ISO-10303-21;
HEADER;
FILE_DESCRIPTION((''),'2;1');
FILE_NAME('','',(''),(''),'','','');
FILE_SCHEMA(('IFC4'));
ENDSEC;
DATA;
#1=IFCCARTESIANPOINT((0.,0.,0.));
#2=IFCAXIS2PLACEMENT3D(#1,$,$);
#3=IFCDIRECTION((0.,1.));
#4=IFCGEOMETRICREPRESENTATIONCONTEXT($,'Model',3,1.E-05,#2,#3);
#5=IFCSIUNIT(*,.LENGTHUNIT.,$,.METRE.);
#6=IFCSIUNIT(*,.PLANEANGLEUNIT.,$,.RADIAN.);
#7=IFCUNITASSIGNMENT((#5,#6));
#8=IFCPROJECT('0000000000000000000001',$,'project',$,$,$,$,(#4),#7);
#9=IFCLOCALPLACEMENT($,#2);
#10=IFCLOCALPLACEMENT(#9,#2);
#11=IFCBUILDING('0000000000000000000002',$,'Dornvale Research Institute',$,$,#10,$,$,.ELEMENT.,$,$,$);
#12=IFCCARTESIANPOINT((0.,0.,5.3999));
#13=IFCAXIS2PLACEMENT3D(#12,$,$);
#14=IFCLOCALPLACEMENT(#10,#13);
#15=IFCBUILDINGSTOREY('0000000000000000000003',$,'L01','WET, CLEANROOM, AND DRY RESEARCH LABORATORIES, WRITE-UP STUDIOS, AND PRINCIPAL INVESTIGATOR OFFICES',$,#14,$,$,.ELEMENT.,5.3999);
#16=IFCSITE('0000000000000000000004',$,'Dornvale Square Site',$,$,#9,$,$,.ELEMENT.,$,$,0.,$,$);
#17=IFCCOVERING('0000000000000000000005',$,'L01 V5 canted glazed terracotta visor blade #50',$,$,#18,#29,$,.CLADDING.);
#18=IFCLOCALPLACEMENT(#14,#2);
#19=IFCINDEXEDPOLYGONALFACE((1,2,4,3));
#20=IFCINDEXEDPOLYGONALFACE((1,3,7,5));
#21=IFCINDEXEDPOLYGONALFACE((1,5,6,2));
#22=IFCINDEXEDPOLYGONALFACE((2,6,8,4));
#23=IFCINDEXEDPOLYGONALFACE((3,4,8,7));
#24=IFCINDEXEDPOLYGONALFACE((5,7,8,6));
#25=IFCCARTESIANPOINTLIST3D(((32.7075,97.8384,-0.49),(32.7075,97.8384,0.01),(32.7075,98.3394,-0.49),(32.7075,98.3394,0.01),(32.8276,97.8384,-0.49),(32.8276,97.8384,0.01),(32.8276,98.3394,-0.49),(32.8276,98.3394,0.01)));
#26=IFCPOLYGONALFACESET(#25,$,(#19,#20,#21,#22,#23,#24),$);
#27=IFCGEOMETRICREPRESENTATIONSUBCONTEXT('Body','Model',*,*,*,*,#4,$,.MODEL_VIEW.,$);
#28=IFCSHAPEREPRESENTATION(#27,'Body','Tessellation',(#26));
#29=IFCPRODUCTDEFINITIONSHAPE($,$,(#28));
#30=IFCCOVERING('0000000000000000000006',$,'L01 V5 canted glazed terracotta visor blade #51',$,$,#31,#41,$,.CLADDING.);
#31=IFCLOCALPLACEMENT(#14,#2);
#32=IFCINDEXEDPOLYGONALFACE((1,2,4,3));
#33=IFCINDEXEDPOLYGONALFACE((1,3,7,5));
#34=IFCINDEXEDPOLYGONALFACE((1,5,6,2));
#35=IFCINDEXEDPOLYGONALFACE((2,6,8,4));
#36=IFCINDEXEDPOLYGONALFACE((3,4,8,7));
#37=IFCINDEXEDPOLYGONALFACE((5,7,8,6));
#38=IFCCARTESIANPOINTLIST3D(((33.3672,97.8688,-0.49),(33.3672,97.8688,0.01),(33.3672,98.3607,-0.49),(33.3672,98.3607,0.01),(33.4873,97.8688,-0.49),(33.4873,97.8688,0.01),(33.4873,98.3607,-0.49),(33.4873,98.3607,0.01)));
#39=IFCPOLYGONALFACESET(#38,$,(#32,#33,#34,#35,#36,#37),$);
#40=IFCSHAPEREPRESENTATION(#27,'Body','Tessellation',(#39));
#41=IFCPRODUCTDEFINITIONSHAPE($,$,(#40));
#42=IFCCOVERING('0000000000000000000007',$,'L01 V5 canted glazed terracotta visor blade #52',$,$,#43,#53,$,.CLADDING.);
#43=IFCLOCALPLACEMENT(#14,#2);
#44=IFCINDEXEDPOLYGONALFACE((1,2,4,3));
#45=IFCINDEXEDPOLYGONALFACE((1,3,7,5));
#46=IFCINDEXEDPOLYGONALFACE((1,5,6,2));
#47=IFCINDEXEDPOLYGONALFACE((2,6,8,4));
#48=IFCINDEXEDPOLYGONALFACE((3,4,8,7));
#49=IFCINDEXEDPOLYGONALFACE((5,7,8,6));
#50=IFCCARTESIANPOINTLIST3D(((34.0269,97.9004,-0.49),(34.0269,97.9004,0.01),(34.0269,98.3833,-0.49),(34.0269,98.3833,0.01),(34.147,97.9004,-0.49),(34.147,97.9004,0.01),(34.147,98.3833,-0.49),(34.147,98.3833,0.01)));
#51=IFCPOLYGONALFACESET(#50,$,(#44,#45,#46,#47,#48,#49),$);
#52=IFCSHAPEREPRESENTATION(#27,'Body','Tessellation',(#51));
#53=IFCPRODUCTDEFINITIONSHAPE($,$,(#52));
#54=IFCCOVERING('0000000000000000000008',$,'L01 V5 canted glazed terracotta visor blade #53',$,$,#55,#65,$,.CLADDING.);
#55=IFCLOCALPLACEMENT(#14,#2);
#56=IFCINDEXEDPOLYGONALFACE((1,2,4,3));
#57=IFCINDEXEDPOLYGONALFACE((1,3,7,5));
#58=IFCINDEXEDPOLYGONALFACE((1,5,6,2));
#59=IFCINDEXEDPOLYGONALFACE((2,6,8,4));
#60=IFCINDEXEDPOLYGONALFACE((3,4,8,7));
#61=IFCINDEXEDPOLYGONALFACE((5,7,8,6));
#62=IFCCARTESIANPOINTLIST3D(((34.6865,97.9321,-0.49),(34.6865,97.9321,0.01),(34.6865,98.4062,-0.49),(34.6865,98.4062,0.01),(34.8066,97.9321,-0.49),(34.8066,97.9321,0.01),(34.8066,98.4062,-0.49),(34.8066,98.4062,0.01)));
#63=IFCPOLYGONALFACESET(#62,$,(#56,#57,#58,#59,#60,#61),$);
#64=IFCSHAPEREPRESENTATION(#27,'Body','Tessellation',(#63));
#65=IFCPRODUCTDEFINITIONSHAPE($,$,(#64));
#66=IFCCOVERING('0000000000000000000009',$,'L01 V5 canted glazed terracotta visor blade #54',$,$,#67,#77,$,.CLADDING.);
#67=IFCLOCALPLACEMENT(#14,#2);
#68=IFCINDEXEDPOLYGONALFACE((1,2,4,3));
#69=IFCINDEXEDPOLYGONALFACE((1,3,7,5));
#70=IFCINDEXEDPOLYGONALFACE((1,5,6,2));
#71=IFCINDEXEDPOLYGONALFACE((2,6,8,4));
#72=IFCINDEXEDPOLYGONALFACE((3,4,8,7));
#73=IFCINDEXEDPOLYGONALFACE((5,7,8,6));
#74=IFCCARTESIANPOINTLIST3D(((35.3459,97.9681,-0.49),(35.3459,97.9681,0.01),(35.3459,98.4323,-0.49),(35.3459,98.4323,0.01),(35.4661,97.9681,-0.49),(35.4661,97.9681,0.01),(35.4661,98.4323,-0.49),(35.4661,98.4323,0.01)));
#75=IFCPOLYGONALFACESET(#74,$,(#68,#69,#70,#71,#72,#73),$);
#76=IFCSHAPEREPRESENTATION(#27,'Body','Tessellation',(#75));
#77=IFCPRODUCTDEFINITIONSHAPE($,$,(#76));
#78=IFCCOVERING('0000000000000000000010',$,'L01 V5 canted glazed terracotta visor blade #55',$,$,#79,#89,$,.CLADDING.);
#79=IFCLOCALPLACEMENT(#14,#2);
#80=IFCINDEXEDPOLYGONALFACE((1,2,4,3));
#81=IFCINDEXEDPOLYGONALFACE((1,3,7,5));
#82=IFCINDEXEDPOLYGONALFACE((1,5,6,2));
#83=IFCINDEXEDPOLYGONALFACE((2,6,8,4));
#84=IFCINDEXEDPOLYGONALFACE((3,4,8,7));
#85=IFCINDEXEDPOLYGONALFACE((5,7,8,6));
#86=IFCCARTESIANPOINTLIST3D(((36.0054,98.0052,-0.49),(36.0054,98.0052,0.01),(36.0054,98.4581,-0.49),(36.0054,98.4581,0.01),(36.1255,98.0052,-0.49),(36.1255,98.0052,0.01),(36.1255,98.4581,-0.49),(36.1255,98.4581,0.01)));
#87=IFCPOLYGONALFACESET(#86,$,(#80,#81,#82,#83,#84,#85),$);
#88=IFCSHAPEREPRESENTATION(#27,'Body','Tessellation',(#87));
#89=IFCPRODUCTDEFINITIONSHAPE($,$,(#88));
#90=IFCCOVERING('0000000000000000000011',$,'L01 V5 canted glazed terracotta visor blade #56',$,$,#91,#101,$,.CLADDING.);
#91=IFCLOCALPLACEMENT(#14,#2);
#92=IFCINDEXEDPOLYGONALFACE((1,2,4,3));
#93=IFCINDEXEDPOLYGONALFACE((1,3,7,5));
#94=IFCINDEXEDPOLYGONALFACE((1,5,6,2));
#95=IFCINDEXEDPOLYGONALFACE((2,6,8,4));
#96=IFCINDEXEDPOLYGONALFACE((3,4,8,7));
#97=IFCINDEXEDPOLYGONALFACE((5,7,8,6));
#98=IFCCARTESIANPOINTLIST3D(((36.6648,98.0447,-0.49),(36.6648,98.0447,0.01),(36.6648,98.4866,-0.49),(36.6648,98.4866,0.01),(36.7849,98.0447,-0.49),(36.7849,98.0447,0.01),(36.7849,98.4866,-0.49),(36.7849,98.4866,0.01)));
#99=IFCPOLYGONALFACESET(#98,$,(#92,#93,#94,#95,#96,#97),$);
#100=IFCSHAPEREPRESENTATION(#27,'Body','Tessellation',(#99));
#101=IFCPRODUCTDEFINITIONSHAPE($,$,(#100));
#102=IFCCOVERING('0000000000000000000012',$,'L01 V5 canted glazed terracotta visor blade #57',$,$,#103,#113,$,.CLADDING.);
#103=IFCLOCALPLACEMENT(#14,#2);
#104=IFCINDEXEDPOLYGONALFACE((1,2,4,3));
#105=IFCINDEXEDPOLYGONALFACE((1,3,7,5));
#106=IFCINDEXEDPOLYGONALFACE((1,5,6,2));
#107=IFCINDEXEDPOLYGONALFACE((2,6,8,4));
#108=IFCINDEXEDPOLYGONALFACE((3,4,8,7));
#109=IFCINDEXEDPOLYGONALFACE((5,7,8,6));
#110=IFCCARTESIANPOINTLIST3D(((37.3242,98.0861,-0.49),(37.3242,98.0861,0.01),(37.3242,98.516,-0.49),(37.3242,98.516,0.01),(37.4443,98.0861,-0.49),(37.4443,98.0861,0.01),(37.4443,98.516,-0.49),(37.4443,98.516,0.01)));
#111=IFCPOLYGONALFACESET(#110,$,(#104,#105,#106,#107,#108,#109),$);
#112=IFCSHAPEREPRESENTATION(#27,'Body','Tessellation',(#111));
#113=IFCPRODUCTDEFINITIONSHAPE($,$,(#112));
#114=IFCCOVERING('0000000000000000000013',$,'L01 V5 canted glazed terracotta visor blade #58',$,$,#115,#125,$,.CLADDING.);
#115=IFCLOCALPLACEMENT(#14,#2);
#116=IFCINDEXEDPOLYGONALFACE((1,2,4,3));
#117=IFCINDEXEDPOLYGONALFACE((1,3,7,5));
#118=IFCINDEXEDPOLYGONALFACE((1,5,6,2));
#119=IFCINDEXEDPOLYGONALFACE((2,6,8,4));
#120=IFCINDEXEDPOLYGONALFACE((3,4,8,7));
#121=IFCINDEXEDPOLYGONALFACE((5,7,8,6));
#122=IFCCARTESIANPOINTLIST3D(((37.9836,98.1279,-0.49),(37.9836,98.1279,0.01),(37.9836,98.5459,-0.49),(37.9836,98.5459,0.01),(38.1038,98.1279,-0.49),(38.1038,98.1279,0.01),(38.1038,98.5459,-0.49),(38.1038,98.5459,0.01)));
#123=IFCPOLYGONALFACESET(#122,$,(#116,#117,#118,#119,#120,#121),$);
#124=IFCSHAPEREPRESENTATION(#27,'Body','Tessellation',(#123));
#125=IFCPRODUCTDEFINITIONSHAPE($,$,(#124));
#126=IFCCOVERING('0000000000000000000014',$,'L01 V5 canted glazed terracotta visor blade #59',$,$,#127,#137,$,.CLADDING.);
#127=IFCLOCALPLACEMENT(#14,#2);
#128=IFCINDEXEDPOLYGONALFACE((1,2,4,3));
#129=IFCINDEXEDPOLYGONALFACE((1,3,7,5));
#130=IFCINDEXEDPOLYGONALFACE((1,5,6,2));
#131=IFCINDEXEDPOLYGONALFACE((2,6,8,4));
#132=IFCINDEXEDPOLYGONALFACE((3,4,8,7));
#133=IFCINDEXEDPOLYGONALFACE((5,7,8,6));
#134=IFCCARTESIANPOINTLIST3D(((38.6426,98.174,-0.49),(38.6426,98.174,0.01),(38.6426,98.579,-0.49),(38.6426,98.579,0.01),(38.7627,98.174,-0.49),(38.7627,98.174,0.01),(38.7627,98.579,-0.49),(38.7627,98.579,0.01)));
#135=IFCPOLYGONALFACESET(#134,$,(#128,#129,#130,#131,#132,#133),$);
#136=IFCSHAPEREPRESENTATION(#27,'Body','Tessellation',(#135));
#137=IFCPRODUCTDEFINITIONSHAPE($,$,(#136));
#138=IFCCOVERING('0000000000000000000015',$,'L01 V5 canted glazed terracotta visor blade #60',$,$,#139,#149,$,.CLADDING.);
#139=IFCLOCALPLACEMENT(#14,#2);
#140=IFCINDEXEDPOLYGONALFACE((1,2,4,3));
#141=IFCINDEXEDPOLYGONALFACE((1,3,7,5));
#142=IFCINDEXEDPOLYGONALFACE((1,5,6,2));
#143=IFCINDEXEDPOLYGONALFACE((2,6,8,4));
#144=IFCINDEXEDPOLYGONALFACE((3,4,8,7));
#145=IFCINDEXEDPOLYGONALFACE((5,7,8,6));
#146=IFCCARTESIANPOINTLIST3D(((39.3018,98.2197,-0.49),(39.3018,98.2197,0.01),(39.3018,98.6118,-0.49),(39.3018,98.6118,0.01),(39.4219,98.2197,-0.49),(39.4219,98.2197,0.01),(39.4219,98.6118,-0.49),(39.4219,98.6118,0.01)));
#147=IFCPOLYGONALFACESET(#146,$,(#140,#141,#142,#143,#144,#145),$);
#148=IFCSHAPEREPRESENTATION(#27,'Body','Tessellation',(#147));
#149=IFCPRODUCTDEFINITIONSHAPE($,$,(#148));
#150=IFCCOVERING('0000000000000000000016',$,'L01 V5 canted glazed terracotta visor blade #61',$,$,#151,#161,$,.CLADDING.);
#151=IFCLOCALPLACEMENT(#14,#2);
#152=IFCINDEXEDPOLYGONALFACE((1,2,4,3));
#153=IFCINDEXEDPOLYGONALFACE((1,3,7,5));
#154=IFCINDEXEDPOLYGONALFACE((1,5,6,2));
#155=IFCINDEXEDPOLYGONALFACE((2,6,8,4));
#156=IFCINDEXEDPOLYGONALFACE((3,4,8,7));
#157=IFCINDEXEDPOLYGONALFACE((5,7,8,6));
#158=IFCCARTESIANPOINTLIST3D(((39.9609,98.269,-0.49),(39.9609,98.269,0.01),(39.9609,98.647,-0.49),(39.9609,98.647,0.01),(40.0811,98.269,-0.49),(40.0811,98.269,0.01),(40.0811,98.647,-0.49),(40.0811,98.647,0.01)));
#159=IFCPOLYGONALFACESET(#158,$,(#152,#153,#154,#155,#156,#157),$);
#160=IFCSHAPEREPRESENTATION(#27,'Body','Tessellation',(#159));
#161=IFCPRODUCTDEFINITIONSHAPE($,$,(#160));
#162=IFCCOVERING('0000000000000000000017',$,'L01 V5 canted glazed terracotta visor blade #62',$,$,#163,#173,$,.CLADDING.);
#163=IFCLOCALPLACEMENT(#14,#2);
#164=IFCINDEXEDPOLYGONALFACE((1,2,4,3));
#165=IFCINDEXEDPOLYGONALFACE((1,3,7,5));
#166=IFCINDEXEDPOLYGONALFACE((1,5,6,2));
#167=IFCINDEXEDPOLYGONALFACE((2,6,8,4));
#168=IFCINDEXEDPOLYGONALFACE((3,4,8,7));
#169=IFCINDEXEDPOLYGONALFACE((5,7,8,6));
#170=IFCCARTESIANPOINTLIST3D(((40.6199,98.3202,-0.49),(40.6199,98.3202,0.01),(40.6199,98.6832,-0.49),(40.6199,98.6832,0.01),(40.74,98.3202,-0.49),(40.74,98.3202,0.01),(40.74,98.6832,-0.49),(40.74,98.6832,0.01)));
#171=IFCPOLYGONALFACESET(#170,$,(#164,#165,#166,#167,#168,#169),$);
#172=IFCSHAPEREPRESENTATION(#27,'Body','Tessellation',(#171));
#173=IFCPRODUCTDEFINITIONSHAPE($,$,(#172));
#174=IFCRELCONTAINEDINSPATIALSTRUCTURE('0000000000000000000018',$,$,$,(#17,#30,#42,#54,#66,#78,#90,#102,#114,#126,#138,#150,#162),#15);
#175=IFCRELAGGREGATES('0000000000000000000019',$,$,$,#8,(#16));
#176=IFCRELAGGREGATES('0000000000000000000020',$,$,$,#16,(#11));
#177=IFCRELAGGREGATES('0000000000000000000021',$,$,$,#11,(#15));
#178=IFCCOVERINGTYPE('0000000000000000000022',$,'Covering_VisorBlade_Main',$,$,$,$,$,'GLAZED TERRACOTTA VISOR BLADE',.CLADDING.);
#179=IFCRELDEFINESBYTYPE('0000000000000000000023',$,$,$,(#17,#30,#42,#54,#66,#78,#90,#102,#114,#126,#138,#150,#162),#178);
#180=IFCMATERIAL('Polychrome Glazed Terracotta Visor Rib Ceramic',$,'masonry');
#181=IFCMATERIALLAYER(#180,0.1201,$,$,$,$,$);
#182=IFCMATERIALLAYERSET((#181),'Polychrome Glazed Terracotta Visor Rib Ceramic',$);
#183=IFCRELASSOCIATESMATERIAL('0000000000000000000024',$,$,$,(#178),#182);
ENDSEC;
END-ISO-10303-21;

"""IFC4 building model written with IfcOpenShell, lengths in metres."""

from ifc_helpers import new_model, si_unit, direction, frame, origin, origin_2d, place, context, subcontext, project, spatial, rectangle, extrude, material, layer, layer_set, type_object, element, save


model = new_model("IFC4")

# Units and contexts
model_context = context("Model", 3, precision=1e-05, world=origin(), true_north=direction((0.0, 1.0)))
body_context = subcontext(model_context, "Body", "Model", "MODEL_VIEW")
ifc_project = project(units=[si_unit("LENGTHUNIT", "METRE"), si_unit("PLANEANGLEUNIT", "RADIAN")], contexts=[model_context])

# Site, building, storey
site_placement = place(None, origin())
site = spatial("IfcSite", under=ifc_project, at=site_placement, Name="Dornvale Square Site", CompositionType="ELEMENT", RefElevation=0.0)
building_placement = place(site_placement, origin())
building = spatial("IfcBuilding", under=site, at=building_placement, Name="Dornvale Research Institute", CompositionType="ELEMENT")
storey_placement = place(building_placement, frame((0.0, 0.0, 5.3999)))
storey = spatial("IfcBuildingStorey", under=building, at=storey_placement, Name="L01", Description="WET, CLEANROOM, AND DRY RESEARCH LABORATORIES, WRITE-UP STUDIOS, AND PRINCIPAL INVESTIGATOR OFFICES", CompositionType="ELEMENT", Elevation=5.3999)

# Coverings
ifc_material_1 = material(Name="Polychrome Glazed Terracotta Visor Rib Ceramic", Category="masonry")
ifc_layer_1 = layer(ifc_material_1, 0.1201)
ifc_layer_set_1 = layer_set([ifc_layer_1], Name="Polychrome Glazed Terracotta Visor Rib Ceramic")
covering_type = type_object("IfcCoveringType", Name="Covering_VisorBlade_Main", ElementType="GLAZED TERRACOTTA VISOR BLADE", PredefinedType="CLADDING", material=ifc_layer_set_1)
covering_1_placement = place(storey_placement, frame((32.7676, 98.0889, -0.49), z_axis=(0.0, 0.0, 1.0), x_axis=(0.0, 1.0, 0.0)))
element("IfcCovering", 1, at=covering_1_placement, inside=storey, type_object=covering_type, Name="L01 V5 canted glazed terracotta visor blade #50", PredefinedType="CLADDING", context=body_context, shape_type="SweptSolid", body=[
    extrude(rectangle(XDim=0.501, YDim=0.1201, at=origin_2d()), origin(), (0.0, 0.0, 1.0), 0.5),
])
covering_2_placement = place(storey_placement, frame((33.4272, 98.1147, -0.49), z_axis=(0.0, 0.0, 1.0), x_axis=(0.0, 1.0, 0.0)))
element("IfcCovering", 2, at=covering_2_placement, inside=storey, type_object=covering_type, Name="L01 V5 canted glazed terracotta visor blade #51", PredefinedType="CLADDING", context=body_context, shape_type="SweptSolid", body=[
    extrude(rectangle(XDim=0.4919, YDim=0.1201, at=origin_2d()), origin(), (0.0, 0.0, 1.0), 0.5),
])
covering_3_placement = place(storey_placement, frame((34.0869, 98.1418, -0.49), z_axis=(0.0, 0.0, 1.0), x_axis=(0.0, 1.0, 0.0)))
element("IfcCovering", 3, at=covering_3_placement, inside=storey, type_object=covering_type, Name="L01 V5 canted glazed terracotta visor blade #52", PredefinedType="CLADDING", context=body_context, shape_type="SweptSolid", body=[
    extrude(rectangle(XDim=0.4829, YDim=0.1201, at=origin_2d()), origin(), (0.0, 0.0, 1.0), 0.5),
])
covering_4_placement = place(storey_placement, frame((34.7466, 98.1692, -0.49), z_axis=(0.0, 0.0, 1.0), x_axis=(0.0, 1.0, 0.0)))
element("IfcCovering", 4, at=covering_4_placement, inside=storey, type_object=covering_type, Name="L01 V5 canted glazed terracotta visor blade #53", PredefinedType="CLADDING", context=body_context, shape_type="SweptSolid", body=[
    extrude(rectangle(XDim=0.4741, YDim=0.1201, at=origin_2d()), origin(), (0.0, 0.0, 1.0), 0.5),
])
covering_5_placement = place(storey_placement, frame((35.406, 98.2002, -0.49), z_axis=(0.0, 0.0, 1.0), x_axis=(0.0, 1.0, 0.0)))
element("IfcCovering", 5, at=covering_5_placement, inside=storey, type_object=covering_type, Name="L01 V5 canted glazed terracotta visor blade #54", PredefinedType="CLADDING", context=body_context, shape_type="SweptSolid", body=[
    extrude(rectangle(XDim=0.4641, YDim=0.1201, at=origin_2d()), origin(), (0.0, 0.0, 1.0), 0.5),
])
covering_6_placement = place(storey_placement, frame((36.0654, 98.2317, -0.49), z_axis=(0.0, 0.0, 1.0), x_axis=(0.0, 1.0, 0.0)))
element("IfcCovering", 6, at=covering_6_placement, inside=storey, type_object=covering_type, Name="L01 V5 canted glazed terracotta visor blade #55", PredefinedType="CLADDING", context=body_context, shape_type="SweptSolid", body=[
    extrude(rectangle(XDim=0.4529, YDim=0.1201, at=origin_2d()), origin(), (0.0, 0.0, 1.0), 0.5),
])
covering_7_placement = place(storey_placement, frame((36.7249, 98.2656, -0.49), z_axis=(0.0, 0.0, 1.0), x_axis=(0.0, 1.0, 0.0)))
element("IfcCovering", 7, at=covering_7_placement, inside=storey, type_object=covering_type, Name="L01 V5 canted glazed terracotta visor blade #56", PredefinedType="CLADDING", context=body_context, shape_type="SweptSolid", body=[
    extrude(rectangle(XDim=0.4419, YDim=0.1201, at=origin_2d()), origin(), (0.0, 0.0, 1.0), 0.5),
])
covering_8_placement = place(storey_placement, frame((37.3843, 98.301, -0.49), z_axis=(0.0, 0.0, 1.0), x_axis=(0.0, 1.0, 0.0)))
element("IfcCovering", 8, at=covering_8_placement, inside=storey, type_object=covering_type, Name="L01 V5 canted glazed terracotta visor blade #57", PredefinedType="CLADDING", context=body_context, shape_type="SweptSolid", body=[
    extrude(rectangle(XDim=0.4299, YDim=0.1201, at=origin_2d()), origin(), (0.0, 0.0, 1.0), 0.5),
])
covering_9_placement = place(storey_placement, frame((38.0437, 98.3369, -0.49), z_axis=(0.0, 0.0, 1.0), x_axis=(0.0, 1.0, 0.0)))
element("IfcCovering", 9, at=covering_9_placement, inside=storey, type_object=covering_type, Name="L01 V5 canted glazed terracotta visor blade #58", PredefinedType="CLADDING", context=body_context, shape_type="SweptSolid", body=[
    extrude(rectangle(XDim=0.418, YDim=0.1201, at=origin_2d()), origin(), (0.0, 0.0, 1.0), 0.5),
])
covering_10_placement = place(storey_placement, frame((38.7026, 98.3765, -0.49), z_axis=(0.0, 0.0, 1.0), x_axis=(0.0, 1.0, 0.0)))
element("IfcCovering", 10, at=covering_10_placement, inside=storey, type_object=covering_type, Name="L01 V5 canted glazed terracotta visor blade #59", PredefinedType="CLADDING", context=body_context, shape_type="SweptSolid", body=[
    extrude(rectangle(XDim=0.405, YDim=0.1201, at=origin_2d()), origin(), (0.0, 0.0, 1.0), 0.5),
])
covering_11_placement = place(storey_placement, frame((39.3618, 98.4158, -0.49), z_axis=(0.0, 0.0, 1.0), x_axis=(0.0, 1.0, 0.0)))
element("IfcCovering", 11, at=covering_11_placement, inside=storey, type_object=covering_type, Name="L01 V5 canted glazed terracotta visor blade #60", PredefinedType="CLADDING", context=body_context, shape_type="SweptSolid", body=[
    extrude(rectangle(XDim=0.3921, YDim=0.1201, at=origin_2d()), origin(), (0.0, 0.0, 1.0), 0.5),
])
covering_12_placement = place(storey_placement, frame((40.021, 98.458, -0.49), z_axis=(0.0, 0.0, 1.0), x_axis=(0.0, 1.0, 0.0)))
element("IfcCovering", 12, at=covering_12_placement, inside=storey, type_object=covering_type, Name="L01 V5 canted glazed terracotta visor blade #61", PredefinedType="CLADDING", context=body_context, shape_type="SweptSolid", body=[
    extrude(rectangle(XDim=0.3779, YDim=0.1201, at=origin_2d()), origin(), (0.0, 0.0, 1.0), 0.5),
])
covering_13_placement = place(storey_placement, frame((40.6799, 98.5017, -0.49), z_axis=(0.0, 0.0, 1.0), x_axis=(0.0, 1.0, 0.0)))
element("IfcCovering", 13, at=covering_13_placement, inside=storey, type_object=covering_type, Name="L01 V5 canted glazed terracotta visor blade #62", PredefinedType="CLADDING", context=body_context, shape_type="SweptSolid", body=[
    extrude(rectangle(XDim=0.363, YDim=0.1201, at=origin_2d()), origin(), (0.0, 0.0, 1.0), 0.5),
])

save(model, "model.ifc")
